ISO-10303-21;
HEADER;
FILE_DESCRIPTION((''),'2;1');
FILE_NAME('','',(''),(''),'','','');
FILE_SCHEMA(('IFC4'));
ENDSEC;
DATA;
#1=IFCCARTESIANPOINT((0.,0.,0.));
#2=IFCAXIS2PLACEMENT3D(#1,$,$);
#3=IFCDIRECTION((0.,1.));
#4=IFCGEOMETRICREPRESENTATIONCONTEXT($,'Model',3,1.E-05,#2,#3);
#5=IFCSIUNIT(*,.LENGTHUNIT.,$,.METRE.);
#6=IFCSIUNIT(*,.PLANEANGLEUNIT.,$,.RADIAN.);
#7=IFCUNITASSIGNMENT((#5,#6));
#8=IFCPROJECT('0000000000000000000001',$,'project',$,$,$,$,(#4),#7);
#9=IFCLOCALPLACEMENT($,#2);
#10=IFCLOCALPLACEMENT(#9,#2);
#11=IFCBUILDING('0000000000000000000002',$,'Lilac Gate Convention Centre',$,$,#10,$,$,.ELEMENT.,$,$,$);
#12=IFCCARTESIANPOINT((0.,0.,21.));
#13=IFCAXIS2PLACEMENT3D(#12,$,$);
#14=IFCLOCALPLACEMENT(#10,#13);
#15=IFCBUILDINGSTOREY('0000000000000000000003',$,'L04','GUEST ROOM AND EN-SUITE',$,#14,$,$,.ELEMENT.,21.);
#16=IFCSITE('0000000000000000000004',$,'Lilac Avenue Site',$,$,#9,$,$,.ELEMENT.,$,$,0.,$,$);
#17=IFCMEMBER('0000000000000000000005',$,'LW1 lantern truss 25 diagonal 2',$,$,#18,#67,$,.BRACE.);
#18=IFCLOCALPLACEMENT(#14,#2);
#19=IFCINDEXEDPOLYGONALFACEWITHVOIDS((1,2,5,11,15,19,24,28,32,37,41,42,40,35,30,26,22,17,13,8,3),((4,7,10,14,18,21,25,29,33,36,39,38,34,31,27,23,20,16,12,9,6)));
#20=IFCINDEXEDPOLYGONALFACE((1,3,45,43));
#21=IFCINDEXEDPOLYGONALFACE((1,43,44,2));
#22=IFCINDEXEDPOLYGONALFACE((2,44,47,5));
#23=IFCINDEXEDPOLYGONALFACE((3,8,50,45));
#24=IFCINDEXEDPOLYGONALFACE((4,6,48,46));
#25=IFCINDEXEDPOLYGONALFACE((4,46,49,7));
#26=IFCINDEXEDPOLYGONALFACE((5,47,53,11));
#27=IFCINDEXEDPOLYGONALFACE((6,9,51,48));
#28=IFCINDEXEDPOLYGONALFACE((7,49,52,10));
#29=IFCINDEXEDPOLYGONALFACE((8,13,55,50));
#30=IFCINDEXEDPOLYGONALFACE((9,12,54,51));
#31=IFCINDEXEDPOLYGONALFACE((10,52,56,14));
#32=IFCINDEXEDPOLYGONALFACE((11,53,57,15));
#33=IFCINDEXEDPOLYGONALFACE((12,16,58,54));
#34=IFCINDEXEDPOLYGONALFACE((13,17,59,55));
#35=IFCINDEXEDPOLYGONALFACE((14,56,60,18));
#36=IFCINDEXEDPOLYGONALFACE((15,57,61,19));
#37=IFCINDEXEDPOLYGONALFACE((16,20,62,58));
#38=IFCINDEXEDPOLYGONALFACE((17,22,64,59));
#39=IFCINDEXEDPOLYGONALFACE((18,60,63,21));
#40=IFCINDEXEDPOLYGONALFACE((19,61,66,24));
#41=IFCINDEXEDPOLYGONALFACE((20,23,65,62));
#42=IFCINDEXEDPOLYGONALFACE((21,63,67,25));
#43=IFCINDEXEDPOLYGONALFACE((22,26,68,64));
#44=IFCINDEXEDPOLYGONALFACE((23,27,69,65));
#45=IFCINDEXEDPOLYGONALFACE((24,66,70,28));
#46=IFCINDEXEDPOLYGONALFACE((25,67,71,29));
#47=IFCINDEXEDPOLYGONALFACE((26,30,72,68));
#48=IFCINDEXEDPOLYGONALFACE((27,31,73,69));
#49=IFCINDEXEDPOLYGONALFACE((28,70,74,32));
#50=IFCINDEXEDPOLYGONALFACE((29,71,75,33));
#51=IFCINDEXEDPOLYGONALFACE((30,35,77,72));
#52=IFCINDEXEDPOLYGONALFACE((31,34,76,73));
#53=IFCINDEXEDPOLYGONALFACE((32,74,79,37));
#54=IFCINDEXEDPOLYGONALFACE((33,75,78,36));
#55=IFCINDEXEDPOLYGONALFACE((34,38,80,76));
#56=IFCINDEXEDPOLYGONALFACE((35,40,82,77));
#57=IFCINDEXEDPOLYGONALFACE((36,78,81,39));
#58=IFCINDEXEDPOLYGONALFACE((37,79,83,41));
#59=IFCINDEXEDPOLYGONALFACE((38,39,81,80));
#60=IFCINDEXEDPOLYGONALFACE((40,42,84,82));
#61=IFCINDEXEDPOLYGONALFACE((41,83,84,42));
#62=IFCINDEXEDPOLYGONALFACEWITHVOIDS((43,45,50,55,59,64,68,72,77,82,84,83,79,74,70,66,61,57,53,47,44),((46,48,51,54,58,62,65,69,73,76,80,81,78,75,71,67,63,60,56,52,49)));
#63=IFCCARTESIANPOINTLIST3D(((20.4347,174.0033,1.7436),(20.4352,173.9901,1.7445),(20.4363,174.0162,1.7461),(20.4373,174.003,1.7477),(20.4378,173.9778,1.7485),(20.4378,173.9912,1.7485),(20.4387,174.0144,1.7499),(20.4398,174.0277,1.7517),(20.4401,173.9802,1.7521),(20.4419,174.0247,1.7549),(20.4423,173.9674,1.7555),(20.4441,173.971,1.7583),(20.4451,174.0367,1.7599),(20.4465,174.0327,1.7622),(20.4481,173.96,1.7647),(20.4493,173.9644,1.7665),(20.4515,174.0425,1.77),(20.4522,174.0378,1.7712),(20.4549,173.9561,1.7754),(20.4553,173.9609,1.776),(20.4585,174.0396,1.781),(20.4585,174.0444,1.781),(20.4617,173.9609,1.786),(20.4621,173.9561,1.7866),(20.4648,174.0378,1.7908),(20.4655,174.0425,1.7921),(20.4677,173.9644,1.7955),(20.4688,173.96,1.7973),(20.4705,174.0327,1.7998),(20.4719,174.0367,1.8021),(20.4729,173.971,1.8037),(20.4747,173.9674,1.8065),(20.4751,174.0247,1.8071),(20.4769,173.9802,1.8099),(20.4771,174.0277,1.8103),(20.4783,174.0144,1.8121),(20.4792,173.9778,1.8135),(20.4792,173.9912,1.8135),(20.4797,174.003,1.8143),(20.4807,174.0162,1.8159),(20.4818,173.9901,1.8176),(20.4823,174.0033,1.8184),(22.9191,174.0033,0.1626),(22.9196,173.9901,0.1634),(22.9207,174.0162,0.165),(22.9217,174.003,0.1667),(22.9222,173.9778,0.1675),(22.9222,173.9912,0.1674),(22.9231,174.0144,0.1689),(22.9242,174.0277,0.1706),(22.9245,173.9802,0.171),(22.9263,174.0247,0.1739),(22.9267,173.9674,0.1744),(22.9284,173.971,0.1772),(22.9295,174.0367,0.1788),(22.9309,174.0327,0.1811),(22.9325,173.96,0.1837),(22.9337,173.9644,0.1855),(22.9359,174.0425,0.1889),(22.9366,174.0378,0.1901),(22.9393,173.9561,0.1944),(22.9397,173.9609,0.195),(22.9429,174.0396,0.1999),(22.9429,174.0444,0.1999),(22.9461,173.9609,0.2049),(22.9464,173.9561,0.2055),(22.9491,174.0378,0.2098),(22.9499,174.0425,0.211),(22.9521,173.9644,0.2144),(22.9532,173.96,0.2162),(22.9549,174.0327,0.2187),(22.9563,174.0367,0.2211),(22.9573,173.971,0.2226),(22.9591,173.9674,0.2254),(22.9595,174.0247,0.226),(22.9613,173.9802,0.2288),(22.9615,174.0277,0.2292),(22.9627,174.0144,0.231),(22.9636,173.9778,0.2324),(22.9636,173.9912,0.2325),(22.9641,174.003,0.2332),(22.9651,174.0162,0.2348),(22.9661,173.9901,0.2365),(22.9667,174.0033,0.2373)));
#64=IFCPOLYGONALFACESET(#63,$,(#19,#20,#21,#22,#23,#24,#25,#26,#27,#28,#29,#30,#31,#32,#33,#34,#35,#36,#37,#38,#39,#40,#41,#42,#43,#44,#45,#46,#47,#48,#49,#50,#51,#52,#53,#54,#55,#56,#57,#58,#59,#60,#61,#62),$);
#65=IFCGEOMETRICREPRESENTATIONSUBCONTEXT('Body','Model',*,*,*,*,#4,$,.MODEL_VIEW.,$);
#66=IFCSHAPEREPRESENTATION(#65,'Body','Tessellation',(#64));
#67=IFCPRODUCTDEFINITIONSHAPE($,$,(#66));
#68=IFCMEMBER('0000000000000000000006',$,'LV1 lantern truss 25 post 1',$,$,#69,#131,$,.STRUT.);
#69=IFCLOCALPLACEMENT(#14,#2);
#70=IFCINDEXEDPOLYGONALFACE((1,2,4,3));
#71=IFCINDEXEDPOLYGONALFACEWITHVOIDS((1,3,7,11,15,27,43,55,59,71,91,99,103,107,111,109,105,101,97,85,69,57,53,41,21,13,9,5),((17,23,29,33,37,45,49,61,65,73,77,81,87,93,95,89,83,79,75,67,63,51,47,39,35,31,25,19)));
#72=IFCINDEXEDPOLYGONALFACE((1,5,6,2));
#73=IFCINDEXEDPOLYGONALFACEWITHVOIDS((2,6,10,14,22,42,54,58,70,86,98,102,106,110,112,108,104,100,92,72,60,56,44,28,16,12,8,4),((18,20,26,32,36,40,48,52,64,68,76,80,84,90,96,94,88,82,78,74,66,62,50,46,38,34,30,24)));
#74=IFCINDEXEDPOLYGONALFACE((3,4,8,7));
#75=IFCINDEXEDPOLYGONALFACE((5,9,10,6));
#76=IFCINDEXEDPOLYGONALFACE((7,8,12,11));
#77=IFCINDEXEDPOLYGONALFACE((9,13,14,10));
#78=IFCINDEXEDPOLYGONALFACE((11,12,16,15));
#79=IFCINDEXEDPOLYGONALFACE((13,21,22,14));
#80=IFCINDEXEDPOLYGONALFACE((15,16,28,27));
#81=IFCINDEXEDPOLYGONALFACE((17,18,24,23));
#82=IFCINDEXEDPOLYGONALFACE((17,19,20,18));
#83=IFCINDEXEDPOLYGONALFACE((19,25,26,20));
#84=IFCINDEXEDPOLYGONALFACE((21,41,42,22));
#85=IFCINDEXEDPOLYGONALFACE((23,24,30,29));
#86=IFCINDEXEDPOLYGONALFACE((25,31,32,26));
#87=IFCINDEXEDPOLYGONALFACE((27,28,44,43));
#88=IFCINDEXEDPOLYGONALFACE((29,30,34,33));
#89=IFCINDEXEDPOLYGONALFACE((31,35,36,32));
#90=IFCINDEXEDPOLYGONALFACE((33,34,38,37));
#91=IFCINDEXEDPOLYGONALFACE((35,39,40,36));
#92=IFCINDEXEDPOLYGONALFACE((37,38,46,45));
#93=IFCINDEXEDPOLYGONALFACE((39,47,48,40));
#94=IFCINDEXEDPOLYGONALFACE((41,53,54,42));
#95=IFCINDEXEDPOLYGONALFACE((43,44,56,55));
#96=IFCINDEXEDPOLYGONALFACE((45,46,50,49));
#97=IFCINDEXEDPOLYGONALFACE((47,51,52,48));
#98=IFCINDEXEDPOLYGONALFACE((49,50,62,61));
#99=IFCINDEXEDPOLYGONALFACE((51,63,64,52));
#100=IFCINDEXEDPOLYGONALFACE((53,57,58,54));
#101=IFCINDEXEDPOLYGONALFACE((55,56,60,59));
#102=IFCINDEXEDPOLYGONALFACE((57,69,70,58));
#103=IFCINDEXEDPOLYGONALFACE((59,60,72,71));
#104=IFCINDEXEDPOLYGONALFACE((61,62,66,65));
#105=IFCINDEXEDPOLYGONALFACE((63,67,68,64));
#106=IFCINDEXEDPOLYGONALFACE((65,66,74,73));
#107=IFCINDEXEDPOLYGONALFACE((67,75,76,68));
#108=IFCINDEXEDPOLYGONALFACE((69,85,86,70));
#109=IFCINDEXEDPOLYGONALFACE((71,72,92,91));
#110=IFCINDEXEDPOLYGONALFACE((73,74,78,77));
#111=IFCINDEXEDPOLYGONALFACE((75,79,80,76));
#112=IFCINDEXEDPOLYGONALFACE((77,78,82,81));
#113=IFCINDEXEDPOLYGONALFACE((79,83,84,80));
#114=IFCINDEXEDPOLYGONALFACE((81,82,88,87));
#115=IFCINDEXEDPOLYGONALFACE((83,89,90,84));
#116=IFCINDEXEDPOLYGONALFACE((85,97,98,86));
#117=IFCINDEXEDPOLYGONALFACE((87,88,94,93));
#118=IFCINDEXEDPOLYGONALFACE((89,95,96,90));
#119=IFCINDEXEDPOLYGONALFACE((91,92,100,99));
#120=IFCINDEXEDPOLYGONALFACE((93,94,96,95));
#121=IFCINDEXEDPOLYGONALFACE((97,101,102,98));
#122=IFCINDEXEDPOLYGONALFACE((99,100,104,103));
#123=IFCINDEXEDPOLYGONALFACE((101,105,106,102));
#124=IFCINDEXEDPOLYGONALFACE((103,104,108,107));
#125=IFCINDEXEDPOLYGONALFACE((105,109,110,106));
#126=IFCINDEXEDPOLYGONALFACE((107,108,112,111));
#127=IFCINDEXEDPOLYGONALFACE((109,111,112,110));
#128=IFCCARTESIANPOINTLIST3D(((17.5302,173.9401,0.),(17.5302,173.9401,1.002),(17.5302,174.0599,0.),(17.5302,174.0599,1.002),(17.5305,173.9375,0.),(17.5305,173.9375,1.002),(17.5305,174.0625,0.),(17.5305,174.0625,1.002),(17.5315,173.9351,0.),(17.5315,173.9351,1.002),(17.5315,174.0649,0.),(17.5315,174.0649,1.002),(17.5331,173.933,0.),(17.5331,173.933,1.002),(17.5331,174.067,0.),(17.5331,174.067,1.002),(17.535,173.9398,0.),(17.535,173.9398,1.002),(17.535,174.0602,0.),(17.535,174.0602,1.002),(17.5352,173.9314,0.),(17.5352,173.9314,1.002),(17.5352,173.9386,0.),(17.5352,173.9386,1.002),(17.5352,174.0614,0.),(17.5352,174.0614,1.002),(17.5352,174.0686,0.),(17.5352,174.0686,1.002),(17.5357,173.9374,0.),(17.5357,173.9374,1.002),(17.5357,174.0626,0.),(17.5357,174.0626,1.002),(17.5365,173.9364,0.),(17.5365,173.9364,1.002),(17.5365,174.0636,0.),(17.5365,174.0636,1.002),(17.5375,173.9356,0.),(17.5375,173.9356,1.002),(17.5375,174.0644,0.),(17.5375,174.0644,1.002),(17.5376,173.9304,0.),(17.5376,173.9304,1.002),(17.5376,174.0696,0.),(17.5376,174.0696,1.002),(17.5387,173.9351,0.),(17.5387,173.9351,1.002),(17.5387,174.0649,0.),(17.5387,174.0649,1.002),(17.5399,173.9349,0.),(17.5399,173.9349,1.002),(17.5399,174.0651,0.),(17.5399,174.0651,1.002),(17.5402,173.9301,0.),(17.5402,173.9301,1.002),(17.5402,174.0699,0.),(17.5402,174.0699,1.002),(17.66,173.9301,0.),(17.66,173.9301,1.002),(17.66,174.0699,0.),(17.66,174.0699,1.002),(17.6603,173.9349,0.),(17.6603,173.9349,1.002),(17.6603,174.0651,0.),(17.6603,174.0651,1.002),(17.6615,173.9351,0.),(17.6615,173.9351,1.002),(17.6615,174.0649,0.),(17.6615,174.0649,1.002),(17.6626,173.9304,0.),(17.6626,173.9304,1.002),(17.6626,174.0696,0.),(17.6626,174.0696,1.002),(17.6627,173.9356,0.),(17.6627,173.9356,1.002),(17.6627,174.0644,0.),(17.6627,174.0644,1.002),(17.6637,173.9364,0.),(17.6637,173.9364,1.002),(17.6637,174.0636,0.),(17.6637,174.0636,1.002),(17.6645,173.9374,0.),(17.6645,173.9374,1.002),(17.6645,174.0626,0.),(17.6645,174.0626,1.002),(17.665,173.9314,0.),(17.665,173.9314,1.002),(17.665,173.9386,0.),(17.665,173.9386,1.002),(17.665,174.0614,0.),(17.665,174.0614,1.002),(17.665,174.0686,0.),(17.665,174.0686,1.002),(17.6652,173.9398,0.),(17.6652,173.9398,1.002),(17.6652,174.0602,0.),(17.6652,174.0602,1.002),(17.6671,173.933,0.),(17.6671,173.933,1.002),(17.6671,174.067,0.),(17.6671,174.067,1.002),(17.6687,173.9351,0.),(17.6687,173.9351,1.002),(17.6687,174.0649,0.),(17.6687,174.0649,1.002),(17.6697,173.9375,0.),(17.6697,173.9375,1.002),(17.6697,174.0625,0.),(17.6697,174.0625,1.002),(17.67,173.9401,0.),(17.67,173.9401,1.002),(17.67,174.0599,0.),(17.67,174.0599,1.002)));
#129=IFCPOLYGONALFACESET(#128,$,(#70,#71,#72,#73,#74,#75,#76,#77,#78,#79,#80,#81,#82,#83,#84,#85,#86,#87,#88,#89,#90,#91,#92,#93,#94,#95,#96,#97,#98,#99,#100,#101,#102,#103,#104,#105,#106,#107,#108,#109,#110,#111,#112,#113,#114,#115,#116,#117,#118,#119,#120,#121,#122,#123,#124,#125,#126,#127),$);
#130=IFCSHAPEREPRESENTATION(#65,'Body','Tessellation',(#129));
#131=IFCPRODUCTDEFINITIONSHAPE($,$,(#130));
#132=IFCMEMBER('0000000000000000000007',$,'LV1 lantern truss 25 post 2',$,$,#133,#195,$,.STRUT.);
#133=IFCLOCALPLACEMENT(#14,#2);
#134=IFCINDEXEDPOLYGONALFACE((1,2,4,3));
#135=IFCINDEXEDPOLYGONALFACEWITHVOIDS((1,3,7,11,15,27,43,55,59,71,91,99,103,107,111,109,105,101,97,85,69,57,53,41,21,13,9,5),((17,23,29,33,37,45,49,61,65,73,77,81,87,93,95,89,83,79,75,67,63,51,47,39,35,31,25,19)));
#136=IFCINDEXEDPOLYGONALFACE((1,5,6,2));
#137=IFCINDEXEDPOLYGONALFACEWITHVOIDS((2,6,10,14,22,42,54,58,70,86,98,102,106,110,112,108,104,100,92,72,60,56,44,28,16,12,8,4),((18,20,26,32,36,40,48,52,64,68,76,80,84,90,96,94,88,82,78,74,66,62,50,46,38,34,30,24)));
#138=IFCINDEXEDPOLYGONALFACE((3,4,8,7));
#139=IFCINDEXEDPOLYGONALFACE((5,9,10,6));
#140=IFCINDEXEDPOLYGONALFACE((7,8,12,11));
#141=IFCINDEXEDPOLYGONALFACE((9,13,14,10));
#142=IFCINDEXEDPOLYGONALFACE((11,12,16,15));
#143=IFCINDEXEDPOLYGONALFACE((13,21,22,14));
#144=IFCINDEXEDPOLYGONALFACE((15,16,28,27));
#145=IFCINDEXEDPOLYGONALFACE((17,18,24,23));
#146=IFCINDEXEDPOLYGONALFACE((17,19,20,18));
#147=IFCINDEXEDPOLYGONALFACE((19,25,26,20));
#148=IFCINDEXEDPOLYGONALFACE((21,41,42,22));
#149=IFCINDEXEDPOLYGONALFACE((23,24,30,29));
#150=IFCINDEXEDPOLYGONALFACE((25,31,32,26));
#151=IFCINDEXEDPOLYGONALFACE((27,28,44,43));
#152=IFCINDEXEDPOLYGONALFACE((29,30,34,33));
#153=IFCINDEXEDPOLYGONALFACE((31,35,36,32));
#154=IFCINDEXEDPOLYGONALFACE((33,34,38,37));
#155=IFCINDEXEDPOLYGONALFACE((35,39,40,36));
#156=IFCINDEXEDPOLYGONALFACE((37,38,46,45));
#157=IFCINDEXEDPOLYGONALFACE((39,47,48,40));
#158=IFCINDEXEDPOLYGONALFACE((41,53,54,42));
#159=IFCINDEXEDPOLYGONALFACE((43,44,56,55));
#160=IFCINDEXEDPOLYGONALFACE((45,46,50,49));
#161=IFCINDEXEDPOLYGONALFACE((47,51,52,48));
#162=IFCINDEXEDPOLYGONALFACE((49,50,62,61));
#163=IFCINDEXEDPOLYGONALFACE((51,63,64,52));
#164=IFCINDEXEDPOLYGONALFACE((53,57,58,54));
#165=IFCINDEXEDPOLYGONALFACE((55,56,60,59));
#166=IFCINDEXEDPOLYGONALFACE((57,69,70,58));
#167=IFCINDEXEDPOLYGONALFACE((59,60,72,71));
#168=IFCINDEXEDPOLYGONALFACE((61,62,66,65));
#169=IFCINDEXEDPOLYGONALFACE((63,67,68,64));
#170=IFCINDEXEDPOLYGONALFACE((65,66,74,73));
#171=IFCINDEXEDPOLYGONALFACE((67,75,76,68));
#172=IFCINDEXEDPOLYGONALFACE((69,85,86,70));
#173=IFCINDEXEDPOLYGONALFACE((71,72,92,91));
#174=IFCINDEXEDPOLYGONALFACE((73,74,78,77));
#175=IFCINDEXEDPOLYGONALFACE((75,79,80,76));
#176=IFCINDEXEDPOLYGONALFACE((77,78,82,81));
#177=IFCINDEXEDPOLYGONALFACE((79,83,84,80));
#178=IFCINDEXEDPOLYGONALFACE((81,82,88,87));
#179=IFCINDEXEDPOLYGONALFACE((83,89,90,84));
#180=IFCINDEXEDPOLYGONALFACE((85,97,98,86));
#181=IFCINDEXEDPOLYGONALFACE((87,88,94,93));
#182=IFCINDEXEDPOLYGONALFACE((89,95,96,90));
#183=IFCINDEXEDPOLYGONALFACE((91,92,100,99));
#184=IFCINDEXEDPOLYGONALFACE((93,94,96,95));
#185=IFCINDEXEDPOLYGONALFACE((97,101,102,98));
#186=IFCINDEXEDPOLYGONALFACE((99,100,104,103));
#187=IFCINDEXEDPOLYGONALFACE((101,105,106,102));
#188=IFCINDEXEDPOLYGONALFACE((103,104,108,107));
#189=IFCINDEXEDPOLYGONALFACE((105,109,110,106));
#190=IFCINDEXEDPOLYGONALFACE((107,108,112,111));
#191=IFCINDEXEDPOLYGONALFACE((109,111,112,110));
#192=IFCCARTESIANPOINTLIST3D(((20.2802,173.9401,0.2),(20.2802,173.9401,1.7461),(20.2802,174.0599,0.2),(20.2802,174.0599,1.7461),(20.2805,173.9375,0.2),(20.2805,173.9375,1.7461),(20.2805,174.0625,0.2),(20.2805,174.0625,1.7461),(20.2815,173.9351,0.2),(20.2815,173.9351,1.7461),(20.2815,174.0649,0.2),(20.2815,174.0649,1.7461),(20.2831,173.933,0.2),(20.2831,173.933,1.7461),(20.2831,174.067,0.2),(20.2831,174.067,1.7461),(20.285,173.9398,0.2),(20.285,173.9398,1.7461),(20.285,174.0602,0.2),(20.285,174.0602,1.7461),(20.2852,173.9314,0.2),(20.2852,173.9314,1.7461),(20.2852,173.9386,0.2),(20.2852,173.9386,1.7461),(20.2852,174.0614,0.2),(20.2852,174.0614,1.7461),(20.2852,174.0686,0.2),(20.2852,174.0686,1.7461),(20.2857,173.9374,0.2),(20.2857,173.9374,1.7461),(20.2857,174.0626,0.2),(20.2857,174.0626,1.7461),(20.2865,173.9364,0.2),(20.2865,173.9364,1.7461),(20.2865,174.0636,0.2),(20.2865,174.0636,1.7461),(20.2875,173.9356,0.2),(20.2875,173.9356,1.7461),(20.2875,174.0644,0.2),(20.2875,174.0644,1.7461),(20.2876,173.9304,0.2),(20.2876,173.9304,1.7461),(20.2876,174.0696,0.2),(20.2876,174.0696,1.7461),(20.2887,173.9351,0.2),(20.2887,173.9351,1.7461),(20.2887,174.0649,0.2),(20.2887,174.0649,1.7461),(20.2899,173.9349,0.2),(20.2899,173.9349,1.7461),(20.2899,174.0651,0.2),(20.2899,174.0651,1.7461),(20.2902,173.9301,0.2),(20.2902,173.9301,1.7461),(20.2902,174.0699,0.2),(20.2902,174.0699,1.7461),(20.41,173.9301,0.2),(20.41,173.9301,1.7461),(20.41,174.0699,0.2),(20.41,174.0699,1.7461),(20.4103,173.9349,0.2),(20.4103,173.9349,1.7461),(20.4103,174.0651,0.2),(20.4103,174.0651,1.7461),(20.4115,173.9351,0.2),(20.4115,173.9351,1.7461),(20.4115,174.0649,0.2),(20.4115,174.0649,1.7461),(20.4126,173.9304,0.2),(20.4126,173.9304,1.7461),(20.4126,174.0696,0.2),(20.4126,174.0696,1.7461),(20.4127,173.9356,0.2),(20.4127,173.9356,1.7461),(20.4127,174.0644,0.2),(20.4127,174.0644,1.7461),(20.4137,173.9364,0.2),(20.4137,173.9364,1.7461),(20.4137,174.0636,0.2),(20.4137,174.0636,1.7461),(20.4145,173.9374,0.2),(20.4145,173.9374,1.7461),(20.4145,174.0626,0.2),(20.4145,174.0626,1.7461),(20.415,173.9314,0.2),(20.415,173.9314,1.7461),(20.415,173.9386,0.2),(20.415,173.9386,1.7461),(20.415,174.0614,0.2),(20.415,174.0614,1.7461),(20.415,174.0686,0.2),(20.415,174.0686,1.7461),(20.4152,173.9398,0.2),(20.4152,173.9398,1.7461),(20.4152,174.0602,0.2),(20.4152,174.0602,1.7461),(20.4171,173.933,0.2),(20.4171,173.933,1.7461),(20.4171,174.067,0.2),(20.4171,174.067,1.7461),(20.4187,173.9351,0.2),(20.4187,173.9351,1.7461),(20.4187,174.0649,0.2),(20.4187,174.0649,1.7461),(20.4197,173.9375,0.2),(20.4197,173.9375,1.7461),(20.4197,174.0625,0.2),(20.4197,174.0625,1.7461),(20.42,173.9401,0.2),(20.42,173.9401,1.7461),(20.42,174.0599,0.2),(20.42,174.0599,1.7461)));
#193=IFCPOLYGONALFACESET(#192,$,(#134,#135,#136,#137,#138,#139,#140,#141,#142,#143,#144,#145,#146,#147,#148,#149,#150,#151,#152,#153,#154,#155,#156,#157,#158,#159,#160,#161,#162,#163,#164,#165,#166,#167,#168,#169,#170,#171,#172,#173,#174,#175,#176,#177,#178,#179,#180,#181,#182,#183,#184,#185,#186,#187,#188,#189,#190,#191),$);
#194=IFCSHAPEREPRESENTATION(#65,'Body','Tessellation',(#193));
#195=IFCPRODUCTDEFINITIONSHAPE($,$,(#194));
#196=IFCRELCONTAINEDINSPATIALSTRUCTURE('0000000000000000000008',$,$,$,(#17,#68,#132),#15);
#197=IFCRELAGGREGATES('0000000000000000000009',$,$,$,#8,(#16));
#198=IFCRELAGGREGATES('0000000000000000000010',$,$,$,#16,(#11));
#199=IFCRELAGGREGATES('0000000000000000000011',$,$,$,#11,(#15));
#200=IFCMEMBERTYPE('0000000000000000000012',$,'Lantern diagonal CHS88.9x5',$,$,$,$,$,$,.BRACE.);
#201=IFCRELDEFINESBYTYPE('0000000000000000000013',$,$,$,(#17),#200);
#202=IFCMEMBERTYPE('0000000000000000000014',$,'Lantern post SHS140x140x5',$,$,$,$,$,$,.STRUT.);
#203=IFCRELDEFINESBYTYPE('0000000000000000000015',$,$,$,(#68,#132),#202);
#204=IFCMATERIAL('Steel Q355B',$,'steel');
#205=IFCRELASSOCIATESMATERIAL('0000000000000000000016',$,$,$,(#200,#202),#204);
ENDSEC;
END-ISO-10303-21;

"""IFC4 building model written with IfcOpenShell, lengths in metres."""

from ifc_helpers import new_model, si_unit, direction, frame, origin, origin_2d, place, context, subcontext, project, spatial, hollow_rectangle, hollow_circle, extrude, material, material_profile, profile_set, type_object, element, save


model = new_model("IFC4")

# Units and contexts
model_context = context("Model", 3, precision=1e-05, world=origin(), true_north=direction((0.0, 1.0)))
body_context = subcontext(model_context, "Body", "Model", "MODEL_VIEW")
ifc_project = project(units=[si_unit("LENGTHUNIT", "METRE"), si_unit("PLANEANGLEUNIT", "RADIAN")], contexts=[model_context])

# Site, building, storey
site_placement = place(None, origin())
site = spatial("IfcSite", under=ifc_project, at=site_placement, Name="Lilac Avenue Site", CompositionType="ELEMENT", RefElevation=0.0)
building_placement = place(site_placement, origin())
building = spatial("IfcBuilding", under=site, at=building_placement, Name="Lilac Gate Convention Centre", CompositionType="ELEMENT")
storey_placement = place(building_placement, frame((0.0, 0.0, 21.0)))
storey = spatial("IfcBuildingStorey", under=building, at=storey_placement, Name="L04", Description="GUEST ROOM AND EN-SUITE", CompositionType="ELEMENT", Elevation=21.0)

# Members
ifc_material_1 = material(Name="Steel Q355B", Category="steel")
ifc_material_profile_1 = material_profile(ifc_material_1, hollow_circle(Radius=0.0444, WallThickness=0.0049, at=origin_2d()), Name="CHS88.9x5")
ifc_profile_set_1 = profile_set([ifc_material_profile_1], Name="Steel Q355B")
member_type_1 = type_object("IfcMemberType", Name="Lantern diagonal CHS88.9x5", PredefinedType="BRACE", material=ifc_profile_set_1)
member_1_placement = place(storey_placement, frame((20.4585, 174.0, 1.781), z_axis=(0.843648, 0.0, -0.536897), x_axis=(0.0, 1.0, 0.0)))
element("IfcMember", 1, at=member_1_placement, inside=storey, type_object=member_type_1, Name="LW1 lantern truss 25 diagonal 2", PredefinedType="BRACE", context=body_context, shape_type="SweptSolid", body=[
    extrude(hollow_circle(Radius=0.0444, WallThickness=0.0049, at=origin_2d()), origin(), (0.0, 0.0, 1.0), 2.9448),
])
ifc_material_profile_2 = material_profile(ifc_material_1, hollow_rectangle(XDim=0.1399, YDim=0.1399, WallThickness=0.0049, InnerFilletRadius=0.0049, OuterFilletRadius=0.01, at=origin_2d()), Name="SHS140x140x5")
ifc_profile_set_2 = profile_set([ifc_material_profile_2], Name="Steel Q355B")
member_type_2 = type_object("IfcMemberType", Name="Lantern post SHS140x140x5", PredefinedType="STRUT", material=ifc_profile_set_2)
member_2_placement = place(storey_placement, frame((17.6001, 174.0, 0.0), z_axis=(0.0, 0.0, 1.0), x_axis=(1.0, 0.0, 0.0)))
element("IfcMember", 2, at=member_2_placement, inside=storey, type_object=member_type_2, Name="LV1 lantern truss 25 post 1", PredefinedType="STRUT", context=body_context, shape_type="SweptSolid", body=[
    extrude(hollow_rectangle(XDim=0.1399, YDim=0.1399, WallThickness=0.0049, InnerFilletRadius=0.0049, OuterFilletRadius=0.01, at=origin_2d()), origin(), (0.0, 0.0, 1.0), 1.002),
])
member_3_placement = place(storey_placement, frame((20.3501, 174.0, 0.2), z_axis=(0.0, 0.0, 1.0), x_axis=(1.0, 0.0, 0.0)))
element("IfcMember", 3, at=member_3_placement, inside=storey, type_object=member_type_2, Name="LV1 lantern truss 25 post 2", PredefinedType="STRUT", context=body_context, shape_type="SweptSolid", body=[
    extrude(hollow_rectangle(XDim=0.1399, YDim=0.1399, WallThickness=0.0049, InnerFilletRadius=0.0049, OuterFilletRadius=0.01, at=origin_2d()), origin(), (0.0, 0.0, 1.0), 1.5461),
])

save(model, "model.ifc")
